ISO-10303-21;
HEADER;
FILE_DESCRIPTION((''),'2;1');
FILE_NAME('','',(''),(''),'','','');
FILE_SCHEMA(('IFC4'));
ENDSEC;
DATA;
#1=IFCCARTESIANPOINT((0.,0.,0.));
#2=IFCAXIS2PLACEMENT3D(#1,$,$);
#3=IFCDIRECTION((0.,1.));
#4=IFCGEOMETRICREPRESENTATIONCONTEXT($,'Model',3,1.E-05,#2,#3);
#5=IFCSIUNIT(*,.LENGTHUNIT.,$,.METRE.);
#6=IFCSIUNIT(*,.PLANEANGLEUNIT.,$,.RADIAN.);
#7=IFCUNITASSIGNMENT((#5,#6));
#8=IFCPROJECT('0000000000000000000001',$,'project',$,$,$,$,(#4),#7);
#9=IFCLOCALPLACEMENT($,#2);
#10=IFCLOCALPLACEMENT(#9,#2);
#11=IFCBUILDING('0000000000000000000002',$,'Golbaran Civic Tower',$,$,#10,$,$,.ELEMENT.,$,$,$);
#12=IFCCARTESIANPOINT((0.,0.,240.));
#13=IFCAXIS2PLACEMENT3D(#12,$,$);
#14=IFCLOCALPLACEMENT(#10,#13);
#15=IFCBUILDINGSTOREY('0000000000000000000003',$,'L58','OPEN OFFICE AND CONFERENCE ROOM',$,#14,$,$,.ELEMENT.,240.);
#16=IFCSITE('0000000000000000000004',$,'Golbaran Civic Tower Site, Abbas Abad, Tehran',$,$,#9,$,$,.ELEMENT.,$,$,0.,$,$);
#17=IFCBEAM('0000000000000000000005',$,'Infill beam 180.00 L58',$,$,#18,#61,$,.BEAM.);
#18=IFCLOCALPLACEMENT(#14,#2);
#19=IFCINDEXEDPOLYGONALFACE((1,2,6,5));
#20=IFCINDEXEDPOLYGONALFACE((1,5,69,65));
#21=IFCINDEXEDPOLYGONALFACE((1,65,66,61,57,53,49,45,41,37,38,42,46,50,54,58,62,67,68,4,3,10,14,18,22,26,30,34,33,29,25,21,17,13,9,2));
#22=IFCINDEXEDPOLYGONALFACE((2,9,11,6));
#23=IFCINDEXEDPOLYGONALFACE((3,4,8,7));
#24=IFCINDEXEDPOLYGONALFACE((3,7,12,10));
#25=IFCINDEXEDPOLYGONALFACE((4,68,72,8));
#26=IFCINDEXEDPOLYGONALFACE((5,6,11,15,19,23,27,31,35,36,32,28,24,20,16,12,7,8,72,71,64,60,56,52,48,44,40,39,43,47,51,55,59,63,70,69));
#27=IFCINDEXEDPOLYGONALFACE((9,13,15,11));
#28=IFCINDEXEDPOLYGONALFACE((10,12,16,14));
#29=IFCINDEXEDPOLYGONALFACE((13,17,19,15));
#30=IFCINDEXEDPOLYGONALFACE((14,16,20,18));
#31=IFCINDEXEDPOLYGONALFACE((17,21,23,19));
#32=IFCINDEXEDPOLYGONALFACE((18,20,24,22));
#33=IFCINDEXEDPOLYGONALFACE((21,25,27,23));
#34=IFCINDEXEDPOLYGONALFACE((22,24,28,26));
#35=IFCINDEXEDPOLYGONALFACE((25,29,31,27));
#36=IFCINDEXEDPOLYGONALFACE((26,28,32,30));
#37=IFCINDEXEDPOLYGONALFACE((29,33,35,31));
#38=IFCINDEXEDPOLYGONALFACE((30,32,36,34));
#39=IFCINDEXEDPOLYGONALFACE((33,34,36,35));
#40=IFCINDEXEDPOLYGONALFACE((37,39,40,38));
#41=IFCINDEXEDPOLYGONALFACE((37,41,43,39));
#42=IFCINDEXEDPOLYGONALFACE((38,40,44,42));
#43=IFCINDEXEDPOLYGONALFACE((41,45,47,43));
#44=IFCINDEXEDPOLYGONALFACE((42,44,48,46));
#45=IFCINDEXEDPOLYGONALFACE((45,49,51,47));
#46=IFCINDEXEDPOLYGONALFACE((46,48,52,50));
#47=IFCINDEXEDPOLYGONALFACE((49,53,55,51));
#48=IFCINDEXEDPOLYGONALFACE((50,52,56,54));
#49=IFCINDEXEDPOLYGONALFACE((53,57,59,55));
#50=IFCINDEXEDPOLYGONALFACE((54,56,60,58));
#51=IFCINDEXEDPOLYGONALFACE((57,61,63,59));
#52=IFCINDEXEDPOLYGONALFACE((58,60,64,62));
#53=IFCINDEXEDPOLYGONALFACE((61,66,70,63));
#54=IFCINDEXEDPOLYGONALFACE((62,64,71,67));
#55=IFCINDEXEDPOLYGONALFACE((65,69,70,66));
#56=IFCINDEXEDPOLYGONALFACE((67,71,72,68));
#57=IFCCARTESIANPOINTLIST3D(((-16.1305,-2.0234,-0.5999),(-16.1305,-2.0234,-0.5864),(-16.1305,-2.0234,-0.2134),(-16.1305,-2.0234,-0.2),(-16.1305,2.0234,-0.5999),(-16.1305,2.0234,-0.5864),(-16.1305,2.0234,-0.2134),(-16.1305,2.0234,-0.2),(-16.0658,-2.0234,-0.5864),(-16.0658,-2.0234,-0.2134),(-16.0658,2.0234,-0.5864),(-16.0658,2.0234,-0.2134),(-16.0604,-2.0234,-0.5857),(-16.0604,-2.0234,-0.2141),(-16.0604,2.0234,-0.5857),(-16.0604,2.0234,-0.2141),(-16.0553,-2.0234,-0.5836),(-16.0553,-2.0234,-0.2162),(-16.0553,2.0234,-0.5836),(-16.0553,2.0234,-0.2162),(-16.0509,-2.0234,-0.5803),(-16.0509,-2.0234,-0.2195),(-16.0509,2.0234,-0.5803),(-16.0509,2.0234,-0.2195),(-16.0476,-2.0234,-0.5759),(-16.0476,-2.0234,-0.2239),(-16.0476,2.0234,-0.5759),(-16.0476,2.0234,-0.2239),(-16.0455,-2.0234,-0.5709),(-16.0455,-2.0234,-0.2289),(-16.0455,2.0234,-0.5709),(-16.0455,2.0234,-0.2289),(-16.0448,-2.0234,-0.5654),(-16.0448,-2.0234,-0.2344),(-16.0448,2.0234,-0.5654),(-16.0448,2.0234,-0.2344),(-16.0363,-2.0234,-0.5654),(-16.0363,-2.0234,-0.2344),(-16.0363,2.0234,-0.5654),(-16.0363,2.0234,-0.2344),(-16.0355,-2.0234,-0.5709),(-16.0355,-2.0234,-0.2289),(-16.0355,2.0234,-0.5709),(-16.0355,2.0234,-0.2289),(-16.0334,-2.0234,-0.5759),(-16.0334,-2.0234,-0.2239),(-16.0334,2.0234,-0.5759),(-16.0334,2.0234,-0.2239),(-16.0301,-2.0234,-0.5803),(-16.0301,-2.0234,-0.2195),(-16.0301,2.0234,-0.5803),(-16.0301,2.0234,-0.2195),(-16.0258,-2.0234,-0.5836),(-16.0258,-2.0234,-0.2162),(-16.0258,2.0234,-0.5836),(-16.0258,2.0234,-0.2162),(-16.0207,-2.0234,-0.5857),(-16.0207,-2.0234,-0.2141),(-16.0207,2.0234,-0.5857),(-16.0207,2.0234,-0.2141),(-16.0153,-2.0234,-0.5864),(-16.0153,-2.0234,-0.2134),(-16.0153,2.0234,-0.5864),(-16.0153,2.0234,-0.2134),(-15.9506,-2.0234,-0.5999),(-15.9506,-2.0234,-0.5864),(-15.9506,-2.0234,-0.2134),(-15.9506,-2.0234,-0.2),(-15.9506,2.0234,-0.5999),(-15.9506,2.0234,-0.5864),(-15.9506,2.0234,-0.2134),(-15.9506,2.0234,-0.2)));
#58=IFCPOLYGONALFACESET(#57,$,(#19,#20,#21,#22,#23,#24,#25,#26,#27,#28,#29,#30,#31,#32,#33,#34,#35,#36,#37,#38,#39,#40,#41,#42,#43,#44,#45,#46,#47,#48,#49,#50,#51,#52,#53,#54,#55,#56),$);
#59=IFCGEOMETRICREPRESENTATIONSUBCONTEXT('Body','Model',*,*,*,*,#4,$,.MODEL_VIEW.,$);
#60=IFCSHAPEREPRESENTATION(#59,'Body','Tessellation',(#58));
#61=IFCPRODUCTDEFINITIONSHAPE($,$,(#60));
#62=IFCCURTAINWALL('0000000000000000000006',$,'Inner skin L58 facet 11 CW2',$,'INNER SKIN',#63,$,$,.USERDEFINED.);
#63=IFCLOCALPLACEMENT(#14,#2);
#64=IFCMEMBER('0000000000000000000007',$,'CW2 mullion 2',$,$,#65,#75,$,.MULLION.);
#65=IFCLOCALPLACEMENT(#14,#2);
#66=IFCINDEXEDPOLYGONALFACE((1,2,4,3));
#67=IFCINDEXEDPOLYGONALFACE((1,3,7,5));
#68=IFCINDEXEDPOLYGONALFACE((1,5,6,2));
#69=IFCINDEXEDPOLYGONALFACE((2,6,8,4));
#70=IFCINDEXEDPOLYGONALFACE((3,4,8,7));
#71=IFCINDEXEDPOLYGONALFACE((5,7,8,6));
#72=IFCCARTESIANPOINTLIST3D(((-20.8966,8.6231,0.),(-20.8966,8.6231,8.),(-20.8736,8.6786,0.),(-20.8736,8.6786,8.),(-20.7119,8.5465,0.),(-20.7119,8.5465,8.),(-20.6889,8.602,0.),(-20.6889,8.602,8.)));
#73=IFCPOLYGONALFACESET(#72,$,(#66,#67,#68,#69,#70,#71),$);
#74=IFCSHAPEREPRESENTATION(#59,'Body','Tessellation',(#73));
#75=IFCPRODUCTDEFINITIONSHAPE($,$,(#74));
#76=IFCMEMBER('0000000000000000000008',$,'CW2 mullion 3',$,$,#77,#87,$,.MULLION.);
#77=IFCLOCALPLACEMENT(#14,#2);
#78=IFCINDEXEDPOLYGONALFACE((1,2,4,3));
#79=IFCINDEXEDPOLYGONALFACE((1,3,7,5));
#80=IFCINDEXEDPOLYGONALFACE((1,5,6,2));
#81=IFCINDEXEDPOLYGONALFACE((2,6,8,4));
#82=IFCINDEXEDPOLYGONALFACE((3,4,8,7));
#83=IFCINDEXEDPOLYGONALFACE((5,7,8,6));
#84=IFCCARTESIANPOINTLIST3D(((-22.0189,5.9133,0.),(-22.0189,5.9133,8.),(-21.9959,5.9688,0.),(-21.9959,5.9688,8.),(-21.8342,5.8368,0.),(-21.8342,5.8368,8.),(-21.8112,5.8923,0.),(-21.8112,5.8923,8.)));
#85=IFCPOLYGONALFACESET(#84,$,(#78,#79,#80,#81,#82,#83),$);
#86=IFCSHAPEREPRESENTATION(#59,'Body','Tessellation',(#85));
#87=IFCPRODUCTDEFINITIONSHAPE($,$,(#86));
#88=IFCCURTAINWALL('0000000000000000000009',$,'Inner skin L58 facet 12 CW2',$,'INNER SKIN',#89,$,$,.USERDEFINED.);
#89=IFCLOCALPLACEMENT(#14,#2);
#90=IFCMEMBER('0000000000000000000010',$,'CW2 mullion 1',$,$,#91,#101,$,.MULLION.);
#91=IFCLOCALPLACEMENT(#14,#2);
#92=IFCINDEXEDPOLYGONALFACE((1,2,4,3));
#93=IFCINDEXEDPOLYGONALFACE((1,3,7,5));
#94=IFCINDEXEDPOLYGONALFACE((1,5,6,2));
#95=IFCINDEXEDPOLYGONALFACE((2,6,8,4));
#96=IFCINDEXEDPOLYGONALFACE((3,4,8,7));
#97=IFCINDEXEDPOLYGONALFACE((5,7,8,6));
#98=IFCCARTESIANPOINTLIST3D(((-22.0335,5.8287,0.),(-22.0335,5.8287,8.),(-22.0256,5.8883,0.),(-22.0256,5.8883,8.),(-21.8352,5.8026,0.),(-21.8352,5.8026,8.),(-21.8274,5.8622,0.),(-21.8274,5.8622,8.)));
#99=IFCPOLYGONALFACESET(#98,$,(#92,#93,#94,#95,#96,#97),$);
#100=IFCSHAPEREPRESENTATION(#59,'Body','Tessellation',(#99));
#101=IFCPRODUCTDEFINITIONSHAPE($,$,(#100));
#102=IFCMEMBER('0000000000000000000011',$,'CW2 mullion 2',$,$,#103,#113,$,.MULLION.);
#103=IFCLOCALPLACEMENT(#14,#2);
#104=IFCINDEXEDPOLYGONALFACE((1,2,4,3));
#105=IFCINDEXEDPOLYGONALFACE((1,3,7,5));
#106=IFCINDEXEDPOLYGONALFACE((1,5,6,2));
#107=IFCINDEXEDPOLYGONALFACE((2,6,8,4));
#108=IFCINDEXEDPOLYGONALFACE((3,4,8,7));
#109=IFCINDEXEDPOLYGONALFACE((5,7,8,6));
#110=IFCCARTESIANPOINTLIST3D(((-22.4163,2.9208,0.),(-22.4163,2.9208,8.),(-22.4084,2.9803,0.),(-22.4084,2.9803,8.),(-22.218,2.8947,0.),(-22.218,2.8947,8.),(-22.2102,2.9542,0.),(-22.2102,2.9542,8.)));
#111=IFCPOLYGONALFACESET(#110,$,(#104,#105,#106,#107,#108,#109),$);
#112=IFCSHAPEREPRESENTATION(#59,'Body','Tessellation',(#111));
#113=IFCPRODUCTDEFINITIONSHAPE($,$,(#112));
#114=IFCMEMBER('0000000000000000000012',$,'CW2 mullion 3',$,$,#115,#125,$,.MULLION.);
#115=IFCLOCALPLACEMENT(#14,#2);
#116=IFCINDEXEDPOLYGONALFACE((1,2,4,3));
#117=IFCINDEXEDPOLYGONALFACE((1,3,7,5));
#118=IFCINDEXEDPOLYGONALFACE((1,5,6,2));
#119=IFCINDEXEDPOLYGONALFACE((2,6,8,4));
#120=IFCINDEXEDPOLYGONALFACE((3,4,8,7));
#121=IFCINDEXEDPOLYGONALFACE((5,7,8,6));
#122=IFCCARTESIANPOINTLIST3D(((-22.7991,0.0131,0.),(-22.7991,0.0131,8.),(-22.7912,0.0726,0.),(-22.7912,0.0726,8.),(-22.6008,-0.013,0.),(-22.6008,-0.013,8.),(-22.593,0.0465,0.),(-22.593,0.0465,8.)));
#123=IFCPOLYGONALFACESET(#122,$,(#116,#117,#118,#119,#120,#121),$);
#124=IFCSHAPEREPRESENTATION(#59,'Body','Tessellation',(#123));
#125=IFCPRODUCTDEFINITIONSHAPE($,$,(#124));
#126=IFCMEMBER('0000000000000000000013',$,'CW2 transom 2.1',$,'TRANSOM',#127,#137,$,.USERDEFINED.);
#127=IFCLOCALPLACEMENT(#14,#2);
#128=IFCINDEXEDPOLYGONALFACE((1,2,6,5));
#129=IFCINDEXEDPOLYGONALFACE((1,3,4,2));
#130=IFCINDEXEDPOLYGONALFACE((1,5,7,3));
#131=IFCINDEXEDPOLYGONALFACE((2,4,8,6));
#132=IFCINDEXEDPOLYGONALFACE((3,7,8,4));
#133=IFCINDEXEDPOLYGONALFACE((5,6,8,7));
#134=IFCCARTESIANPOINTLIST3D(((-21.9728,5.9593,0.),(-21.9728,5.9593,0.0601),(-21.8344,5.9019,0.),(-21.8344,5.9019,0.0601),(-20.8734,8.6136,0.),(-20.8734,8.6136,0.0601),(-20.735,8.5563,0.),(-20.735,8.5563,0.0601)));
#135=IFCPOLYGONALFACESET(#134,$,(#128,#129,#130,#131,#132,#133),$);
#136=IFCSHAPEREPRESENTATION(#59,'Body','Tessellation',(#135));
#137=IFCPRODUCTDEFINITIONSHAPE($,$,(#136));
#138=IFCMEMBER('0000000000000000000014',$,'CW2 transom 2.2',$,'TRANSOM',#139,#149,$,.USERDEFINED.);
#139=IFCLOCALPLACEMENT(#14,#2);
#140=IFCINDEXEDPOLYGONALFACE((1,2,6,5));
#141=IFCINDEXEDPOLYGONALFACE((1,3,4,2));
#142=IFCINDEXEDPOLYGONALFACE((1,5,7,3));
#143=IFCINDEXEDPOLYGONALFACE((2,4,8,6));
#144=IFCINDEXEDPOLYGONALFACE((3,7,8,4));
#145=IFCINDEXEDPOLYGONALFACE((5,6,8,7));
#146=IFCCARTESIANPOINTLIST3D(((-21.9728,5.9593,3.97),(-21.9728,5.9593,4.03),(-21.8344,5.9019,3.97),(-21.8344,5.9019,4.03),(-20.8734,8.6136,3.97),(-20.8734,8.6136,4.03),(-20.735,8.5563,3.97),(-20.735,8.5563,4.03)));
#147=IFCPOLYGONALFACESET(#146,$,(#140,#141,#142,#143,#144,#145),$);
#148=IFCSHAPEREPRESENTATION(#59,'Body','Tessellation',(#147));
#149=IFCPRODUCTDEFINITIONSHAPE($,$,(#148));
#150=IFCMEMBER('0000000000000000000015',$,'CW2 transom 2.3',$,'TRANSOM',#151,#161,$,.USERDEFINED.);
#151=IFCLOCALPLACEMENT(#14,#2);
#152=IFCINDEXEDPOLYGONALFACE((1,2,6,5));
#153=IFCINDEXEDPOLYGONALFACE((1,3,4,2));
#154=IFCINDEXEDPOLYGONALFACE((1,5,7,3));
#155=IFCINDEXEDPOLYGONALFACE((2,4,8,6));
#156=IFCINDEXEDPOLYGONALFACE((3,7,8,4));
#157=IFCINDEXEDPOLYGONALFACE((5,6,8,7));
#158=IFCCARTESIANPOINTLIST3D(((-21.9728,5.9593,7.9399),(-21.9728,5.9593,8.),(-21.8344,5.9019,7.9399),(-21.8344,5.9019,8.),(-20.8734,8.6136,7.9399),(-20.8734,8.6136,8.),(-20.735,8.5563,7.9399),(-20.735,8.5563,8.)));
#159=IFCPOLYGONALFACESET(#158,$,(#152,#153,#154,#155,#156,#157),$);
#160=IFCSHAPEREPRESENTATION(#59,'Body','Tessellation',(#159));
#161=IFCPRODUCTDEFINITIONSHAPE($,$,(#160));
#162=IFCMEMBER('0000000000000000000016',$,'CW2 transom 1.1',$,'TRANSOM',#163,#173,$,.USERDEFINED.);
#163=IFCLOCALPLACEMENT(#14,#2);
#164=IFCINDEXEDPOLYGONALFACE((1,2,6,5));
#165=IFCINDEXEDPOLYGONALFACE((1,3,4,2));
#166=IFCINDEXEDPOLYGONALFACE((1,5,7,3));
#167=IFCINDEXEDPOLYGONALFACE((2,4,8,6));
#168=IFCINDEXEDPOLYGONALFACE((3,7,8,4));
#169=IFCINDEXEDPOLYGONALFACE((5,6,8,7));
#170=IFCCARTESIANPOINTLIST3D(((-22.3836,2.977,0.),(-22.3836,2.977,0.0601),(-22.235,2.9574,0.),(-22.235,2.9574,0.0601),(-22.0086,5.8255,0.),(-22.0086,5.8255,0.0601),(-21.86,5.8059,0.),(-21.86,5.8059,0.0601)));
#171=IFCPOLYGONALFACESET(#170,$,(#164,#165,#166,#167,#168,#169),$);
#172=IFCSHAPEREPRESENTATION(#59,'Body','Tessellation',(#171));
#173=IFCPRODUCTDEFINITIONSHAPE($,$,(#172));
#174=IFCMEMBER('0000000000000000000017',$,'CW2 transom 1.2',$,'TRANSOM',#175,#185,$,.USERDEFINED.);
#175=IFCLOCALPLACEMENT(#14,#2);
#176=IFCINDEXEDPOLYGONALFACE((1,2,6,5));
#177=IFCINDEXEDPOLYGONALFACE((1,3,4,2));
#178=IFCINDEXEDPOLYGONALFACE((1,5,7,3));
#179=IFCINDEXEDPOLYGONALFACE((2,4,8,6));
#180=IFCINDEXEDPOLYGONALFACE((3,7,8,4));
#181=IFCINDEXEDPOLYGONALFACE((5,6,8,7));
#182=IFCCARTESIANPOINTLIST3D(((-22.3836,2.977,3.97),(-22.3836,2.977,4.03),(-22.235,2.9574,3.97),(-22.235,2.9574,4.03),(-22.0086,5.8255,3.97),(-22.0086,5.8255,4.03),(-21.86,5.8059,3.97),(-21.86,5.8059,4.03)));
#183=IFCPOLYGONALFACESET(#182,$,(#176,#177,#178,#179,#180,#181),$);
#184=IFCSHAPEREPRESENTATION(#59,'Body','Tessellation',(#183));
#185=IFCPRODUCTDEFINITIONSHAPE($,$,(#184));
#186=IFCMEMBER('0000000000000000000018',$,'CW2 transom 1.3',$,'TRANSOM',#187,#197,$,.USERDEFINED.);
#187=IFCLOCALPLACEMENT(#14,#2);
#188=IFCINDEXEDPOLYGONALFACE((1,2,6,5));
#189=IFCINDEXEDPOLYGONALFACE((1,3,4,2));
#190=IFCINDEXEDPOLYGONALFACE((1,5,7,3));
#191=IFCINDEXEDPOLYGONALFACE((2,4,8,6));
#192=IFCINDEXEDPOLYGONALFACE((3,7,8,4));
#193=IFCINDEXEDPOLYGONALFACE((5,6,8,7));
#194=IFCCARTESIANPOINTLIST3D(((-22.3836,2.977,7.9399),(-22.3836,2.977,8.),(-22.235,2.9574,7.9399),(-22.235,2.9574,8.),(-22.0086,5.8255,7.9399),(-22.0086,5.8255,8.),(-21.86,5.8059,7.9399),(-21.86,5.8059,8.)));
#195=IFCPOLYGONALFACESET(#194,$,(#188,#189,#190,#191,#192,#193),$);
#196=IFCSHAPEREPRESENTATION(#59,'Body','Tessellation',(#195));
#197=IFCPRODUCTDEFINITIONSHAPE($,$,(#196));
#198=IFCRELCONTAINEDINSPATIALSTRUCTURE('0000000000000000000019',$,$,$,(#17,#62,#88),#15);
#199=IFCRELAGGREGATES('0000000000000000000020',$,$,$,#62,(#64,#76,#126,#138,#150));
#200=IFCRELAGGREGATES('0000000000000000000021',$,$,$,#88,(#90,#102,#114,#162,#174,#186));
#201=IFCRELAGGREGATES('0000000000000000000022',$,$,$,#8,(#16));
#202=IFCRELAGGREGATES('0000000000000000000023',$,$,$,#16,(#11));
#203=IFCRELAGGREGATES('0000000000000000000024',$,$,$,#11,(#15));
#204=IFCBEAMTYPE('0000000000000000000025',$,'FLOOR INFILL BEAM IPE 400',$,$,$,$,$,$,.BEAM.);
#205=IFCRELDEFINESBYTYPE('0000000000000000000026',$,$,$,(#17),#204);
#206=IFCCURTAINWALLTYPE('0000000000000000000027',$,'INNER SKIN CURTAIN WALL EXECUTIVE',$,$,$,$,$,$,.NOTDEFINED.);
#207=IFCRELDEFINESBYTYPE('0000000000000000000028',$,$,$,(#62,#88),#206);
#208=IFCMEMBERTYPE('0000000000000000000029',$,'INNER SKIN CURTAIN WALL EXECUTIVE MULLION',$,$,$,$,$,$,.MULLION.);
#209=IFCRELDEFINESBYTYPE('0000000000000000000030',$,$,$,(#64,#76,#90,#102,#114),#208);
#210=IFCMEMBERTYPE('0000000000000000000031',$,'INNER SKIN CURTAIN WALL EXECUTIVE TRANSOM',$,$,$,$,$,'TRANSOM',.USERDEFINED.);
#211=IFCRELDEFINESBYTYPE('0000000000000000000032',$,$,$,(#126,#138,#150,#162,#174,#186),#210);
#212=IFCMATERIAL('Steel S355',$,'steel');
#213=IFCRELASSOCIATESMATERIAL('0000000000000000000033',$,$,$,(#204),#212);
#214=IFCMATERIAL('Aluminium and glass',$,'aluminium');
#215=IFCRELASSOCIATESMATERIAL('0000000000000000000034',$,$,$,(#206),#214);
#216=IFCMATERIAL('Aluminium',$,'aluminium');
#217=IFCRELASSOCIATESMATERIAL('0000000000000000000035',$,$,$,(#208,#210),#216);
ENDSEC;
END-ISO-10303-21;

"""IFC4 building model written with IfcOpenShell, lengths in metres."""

from ifc_helpers import new_model, si_unit, direction, frame, origin, origin_2d, place, context, subcontext, project, spatial, rectangle, i_section, extrude, material, material_profile, profile_set, type_object, element, aggregate, save


model = new_model("IFC4")

# Units and contexts
model_context = context("Model", 3, precision=1e-05, world=origin(), true_north=direction((0.0, 1.0)))
body_context = subcontext(model_context, "Body", "Model", "MODEL_VIEW")
ifc_project = project(units=[si_unit("LENGTHUNIT", "METRE"), si_unit("PLANEANGLEUNIT", "RADIAN")], contexts=[model_context])

# Site, building, storey
site_placement = place(None, origin())
site = spatial("IfcSite", under=ifc_project, at=site_placement, Name="Golbaran Civic Tower Site, Abbas Abad, Tehran", CompositionType="ELEMENT", RefElevation=0.0)
building_placement = place(site_placement, origin())
building = spatial("IfcBuilding", under=site, at=building_placement, Name="Golbaran Civic Tower", CompositionType="ELEMENT")
storey_placement = place(building_placement, frame((0.0, 0.0, 240.0)))
storey = spatial("IfcBuildingStorey", under=building, at=storey_placement, Name="L58", Description="OPEN OFFICE AND CONFERENCE ROOM", CompositionType="ELEMENT", Elevation=240.0)

# Beam
ifc_material_1 = material(Name="Steel S355", Category="steel")
ifc_material_profile_1 = material_profile(ifc_material_1, i_section(OverallWidth=0.1799, OverallDepth=0.3999, WebThickness=0.0085, FlangeThickness=0.0134, FilletRadius=0.021, at=origin_2d()), Name="IPE 400")
ifc_profile_set_1 = profile_set([ifc_material_profile_1], Name="Steel S355")
beam_type_1 = type_object("IfcBeamType", Name="FLOOR INFILL BEAM IPE 400", PredefinedType="BEAM", material=ifc_profile_set_1)
beam_1_placement = place(storey_placement, frame((-16.0405, 2.0234, -0.3999), z_axis=(0.0, -1.0, 0.0), x_axis=(1.0, 0.0, 0.0)))
element("IfcBeam", 1, at=beam_1_placement, inside=storey, type_object=beam_type_1, Name="Infill beam 180.00 L58", PredefinedType="BEAM", context=body_context, shape_type="SweptSolid", body=[
    extrude(i_section(OverallWidth=0.1799, OverallDepth=0.3999, WebThickness=0.0085, FlangeThickness=0.0134, FilletRadius=0.021, at=origin_2d()), origin(), (0.0, 0.0, 1.0), 4.0469),
])

# Curtain walls, members
ifc_material_2 = material(Name="Aluminium and glass", Category="aluminium")
curtain_wall_type = type_object("IfcCurtainWallType", Name="INNER SKIN CURTAIN WALL EXECUTIVE", PredefinedType="NOTDEFINED", material=ifc_material_2)
curtain_wall_1_placement = place(storey_placement, origin())
curtain_wall_1 = element("IfcCurtainWall", 2, at=curtain_wall_1_placement, inside=storey, type_object=curtain_wall_type, Name="Inner skin L58 facet 11 CW2", ObjectType="INNER SKIN", PredefinedType="USERDEFINED")
ifc_material_3 = material(Name="Aluminium", Category="aluminium")
ifc_material_profile_2 = material_profile(ifc_material_3, rectangle(XDim=0.2, YDim=0.0601, at=origin_2d()), Name="INNER SKIN CURTAIN WALL EXECUTIVE MULLION")
ifc_profile_set_2 = profile_set([ifc_material_profile_2], Name="Aluminium")
member_type_1 = type_object("IfcMemberType", Name="INNER SKIN CURTAIN WALL EXECUTIVE MULLION", PredefinedType="MULLION", material=ifc_profile_set_2)
member_1_placement = place(storey_placement, frame((-20.7927, 8.6125, 0.0), z_axis=(0.0, 0.0, 1.0), x_axis=(0.92388, -0.382683, 0.0)))
member_1 = element("IfcMember", 3, at=member_1_placement, type_object=member_type_1, Name="CW2 mullion 2", PredefinedType="MULLION", context=body_context, shape_type="SweptSolid", body=[
    extrude(rectangle(XDim=0.2, YDim=0.0601, at=origin_2d()), origin(), (0.0, 0.0, 1.0), 8.0),
])
member_2_placement = place(storey_placement, frame((-21.915, 5.9028, 0.0), z_axis=(0.0, 0.0, 1.0), x_axis=(0.92388, -0.382683, 0.0)))
member_2 = element("IfcMember", 4, at=member_2_placement, type_object=member_type_1, Name="CW2 mullion 3", PredefinedType="MULLION", context=body_context, shape_type="SweptSolid", body=[
    extrude(rectangle(XDim=0.2, YDim=0.0601, at=origin_2d()), origin(), (0.0, 0.0, 1.0), 8.0),
])
curtain_wall_2_placement = place(storey_placement, origin())
curtain_wall_2 = element("IfcCurtainWall", 5, at=curtain_wall_2_placement, inside=storey, type_object=curtain_wall_type, Name="Inner skin L58 facet 12 CW2", ObjectType="INNER SKIN", PredefinedType="USERDEFINED")
member_3_placement = place(storey_placement, frame((-21.9304, 5.8455, 0.0), z_axis=(0.0, 0.0, 1.0), x_axis=(0.991445, -0.130526, 0.0)))
member_3 = element("IfcMember", 6, at=member_3_placement, type_object=member_type_1, Name="CW2 mullion 1", PredefinedType="MULLION", context=body_context, shape_type="SweptSolid", body=[
    extrude(rectangle(XDim=0.2, YDim=0.0601, at=origin_2d()), origin(), (0.0, 0.0, 1.0), 8.0),
])
member_4_placement = place(storey_placement, frame((-22.3132, 2.9375, 0.0), z_axis=(0.0, 0.0, 1.0), x_axis=(0.991445, -0.130526, 0.0)))
member_4 = element("IfcMember", 7, at=member_4_placement, type_object=member_type_1, Name="CW2 mullion 2", PredefinedType="MULLION", context=body_context, shape_type="SweptSolid", body=[
    extrude(rectangle(XDim=0.2, YDim=0.0601, at=origin_2d()), origin(), (0.0, 0.0, 1.0), 8.0),
])
member_5_placement = place(storey_placement, frame((-22.696, 0.0298, 0.0), z_axis=(0.0, 0.0, 1.0), x_axis=(0.991445, -0.130526, 0.0)))
member_5 = element("IfcMember", 8, at=member_5_placement, type_object=member_type_1, Name="CW2 mullion 3", PredefinedType="MULLION", context=body_context, shape_type="SweptSolid", body=[
    extrude(rectangle(XDim=0.2, YDim=0.0601, at=origin_2d()), origin(), (0.0, 0.0, 1.0), 8.0),
])

# Members
ifc_material_profile_3 = material_profile(ifc_material_3, rectangle(XDim=0.1499, YDim=0.0601, at=origin_2d()), Name="INNER SKIN CURTAIN WALL EXECUTIVE TRANSOM")
ifc_profile_set_3 = profile_set([ifc_material_profile_3], Name="Aluminium")
member_type_2 = type_object("IfcMemberType", Name="INNER SKIN CURTAIN WALL EXECUTIVE TRANSOM", ElementType="TRANSOM", PredefinedType="USERDEFINED", material=ifc_profile_set_3)
member_6_placement = place(storey_placement, frame((-20.8042, 8.585, 0.03), z_axis=(-0.38266, -0.923889, 0.0), x_axis=(0.923889, -0.38266, 0.0)))
member_6 = element("IfcMember", 9, at=member_6_placement, type_object=member_type_2, Name="CW2 transom 2.1", ObjectType="TRANSOM", PredefinedType="USERDEFINED", context=body_context, shape_type="SweptSolid", body=[
    extrude(rectangle(XDim=0.1499, YDim=0.0601, at=origin_2d()), origin(), (0.0, 0.0, 1.0), 2.873),
])
member_7_placement = place(storey_placement, frame((-20.8042, 8.585, 4.0), z_axis=(-0.38266, -0.923889, 0.0), x_axis=(0.923889, -0.38266, 0.0)))
member_7 = element("IfcMember", 10, at=member_7_placement, type_object=member_type_2, Name="CW2 transom 2.2", ObjectType="TRANSOM", PredefinedType="USERDEFINED", context=body_context, shape_type="SweptSolid", body=[
    extrude(rectangle(XDim=0.1499, YDim=0.0601, at=origin_2d()), origin(), (0.0, 0.0, 1.0), 2.873),
])
member_8_placement = place(storey_placement, frame((-20.8042, 8.585, 7.97), z_axis=(-0.38266, -0.923889, 0.0), x_axis=(0.923889, -0.38266, 0.0)))
member_8 = element("IfcMember", 11, at=member_8_placement, type_object=member_type_2, Name="CW2 transom 2.3", ObjectType="TRANSOM", PredefinedType="USERDEFINED", context=body_context, shape_type="SweptSolid", body=[
    extrude(rectangle(XDim=0.1499, YDim=0.0601, at=origin_2d()), origin(), (0.0, 0.0, 1.0), 2.873),
])
member_9_placement = place(storey_placement, frame((-21.9343, 5.8157, 0.03), z_axis=(-0.130527, -0.991445, 0.0), x_axis=(0.991445, -0.130527, 0.0)))
member_9 = element("IfcMember", 12, at=member_9_placement, type_object=member_type_2, Name="CW2 transom 1.1", ObjectType="TRANSOM", PredefinedType="USERDEFINED", context=body_context, shape_type="SweptSolid", body=[
    extrude(rectangle(XDim=0.1499, YDim=0.0601, at=origin_2d()), origin(), (0.0, 0.0, 1.0), 2.873),
])
member_10_placement = place(storey_placement, frame((-21.9343, 5.8157, 4.0), z_axis=(-0.130527, -0.991445, 0.0), x_axis=(0.991445, -0.130527, 0.0)))
member_10 = element("IfcMember", 13, at=member_10_placement, type_object=member_type_2, Name="CW2 transom 1.2", ObjectType="TRANSOM", PredefinedType="USERDEFINED", context=body_context, shape_type="SweptSolid", body=[
    extrude(rectangle(XDim=0.1499, YDim=0.0601, at=origin_2d()), origin(), (0.0, 0.0, 1.0), 2.873),
])
member_11_placement = place(storey_placement, frame((-21.9343, 5.8157, 7.97), z_axis=(-0.130527, -0.991445, 0.0), x_axis=(0.991445, -0.130527, 0.0)))
member_11 = element("IfcMember", 14, at=member_11_placement, type_object=member_type_2, Name="CW2 transom 1.3", ObjectType="TRANSOM", PredefinedType="USERDEFINED", context=body_context, shape_type="SweptSolid", body=[
    extrude(rectangle(XDim=0.1499, YDim=0.0601, at=origin_2d()), origin(), (0.0, 0.0, 1.0), 2.873),
])

aggregate(curtain_wall_1, [member_1, member_2, member_6, member_7, member_8])
aggregate(curtain_wall_2, [member_3, member_4, member_5, member_9, member_10, member_11])

save(model, "model.ifc")
